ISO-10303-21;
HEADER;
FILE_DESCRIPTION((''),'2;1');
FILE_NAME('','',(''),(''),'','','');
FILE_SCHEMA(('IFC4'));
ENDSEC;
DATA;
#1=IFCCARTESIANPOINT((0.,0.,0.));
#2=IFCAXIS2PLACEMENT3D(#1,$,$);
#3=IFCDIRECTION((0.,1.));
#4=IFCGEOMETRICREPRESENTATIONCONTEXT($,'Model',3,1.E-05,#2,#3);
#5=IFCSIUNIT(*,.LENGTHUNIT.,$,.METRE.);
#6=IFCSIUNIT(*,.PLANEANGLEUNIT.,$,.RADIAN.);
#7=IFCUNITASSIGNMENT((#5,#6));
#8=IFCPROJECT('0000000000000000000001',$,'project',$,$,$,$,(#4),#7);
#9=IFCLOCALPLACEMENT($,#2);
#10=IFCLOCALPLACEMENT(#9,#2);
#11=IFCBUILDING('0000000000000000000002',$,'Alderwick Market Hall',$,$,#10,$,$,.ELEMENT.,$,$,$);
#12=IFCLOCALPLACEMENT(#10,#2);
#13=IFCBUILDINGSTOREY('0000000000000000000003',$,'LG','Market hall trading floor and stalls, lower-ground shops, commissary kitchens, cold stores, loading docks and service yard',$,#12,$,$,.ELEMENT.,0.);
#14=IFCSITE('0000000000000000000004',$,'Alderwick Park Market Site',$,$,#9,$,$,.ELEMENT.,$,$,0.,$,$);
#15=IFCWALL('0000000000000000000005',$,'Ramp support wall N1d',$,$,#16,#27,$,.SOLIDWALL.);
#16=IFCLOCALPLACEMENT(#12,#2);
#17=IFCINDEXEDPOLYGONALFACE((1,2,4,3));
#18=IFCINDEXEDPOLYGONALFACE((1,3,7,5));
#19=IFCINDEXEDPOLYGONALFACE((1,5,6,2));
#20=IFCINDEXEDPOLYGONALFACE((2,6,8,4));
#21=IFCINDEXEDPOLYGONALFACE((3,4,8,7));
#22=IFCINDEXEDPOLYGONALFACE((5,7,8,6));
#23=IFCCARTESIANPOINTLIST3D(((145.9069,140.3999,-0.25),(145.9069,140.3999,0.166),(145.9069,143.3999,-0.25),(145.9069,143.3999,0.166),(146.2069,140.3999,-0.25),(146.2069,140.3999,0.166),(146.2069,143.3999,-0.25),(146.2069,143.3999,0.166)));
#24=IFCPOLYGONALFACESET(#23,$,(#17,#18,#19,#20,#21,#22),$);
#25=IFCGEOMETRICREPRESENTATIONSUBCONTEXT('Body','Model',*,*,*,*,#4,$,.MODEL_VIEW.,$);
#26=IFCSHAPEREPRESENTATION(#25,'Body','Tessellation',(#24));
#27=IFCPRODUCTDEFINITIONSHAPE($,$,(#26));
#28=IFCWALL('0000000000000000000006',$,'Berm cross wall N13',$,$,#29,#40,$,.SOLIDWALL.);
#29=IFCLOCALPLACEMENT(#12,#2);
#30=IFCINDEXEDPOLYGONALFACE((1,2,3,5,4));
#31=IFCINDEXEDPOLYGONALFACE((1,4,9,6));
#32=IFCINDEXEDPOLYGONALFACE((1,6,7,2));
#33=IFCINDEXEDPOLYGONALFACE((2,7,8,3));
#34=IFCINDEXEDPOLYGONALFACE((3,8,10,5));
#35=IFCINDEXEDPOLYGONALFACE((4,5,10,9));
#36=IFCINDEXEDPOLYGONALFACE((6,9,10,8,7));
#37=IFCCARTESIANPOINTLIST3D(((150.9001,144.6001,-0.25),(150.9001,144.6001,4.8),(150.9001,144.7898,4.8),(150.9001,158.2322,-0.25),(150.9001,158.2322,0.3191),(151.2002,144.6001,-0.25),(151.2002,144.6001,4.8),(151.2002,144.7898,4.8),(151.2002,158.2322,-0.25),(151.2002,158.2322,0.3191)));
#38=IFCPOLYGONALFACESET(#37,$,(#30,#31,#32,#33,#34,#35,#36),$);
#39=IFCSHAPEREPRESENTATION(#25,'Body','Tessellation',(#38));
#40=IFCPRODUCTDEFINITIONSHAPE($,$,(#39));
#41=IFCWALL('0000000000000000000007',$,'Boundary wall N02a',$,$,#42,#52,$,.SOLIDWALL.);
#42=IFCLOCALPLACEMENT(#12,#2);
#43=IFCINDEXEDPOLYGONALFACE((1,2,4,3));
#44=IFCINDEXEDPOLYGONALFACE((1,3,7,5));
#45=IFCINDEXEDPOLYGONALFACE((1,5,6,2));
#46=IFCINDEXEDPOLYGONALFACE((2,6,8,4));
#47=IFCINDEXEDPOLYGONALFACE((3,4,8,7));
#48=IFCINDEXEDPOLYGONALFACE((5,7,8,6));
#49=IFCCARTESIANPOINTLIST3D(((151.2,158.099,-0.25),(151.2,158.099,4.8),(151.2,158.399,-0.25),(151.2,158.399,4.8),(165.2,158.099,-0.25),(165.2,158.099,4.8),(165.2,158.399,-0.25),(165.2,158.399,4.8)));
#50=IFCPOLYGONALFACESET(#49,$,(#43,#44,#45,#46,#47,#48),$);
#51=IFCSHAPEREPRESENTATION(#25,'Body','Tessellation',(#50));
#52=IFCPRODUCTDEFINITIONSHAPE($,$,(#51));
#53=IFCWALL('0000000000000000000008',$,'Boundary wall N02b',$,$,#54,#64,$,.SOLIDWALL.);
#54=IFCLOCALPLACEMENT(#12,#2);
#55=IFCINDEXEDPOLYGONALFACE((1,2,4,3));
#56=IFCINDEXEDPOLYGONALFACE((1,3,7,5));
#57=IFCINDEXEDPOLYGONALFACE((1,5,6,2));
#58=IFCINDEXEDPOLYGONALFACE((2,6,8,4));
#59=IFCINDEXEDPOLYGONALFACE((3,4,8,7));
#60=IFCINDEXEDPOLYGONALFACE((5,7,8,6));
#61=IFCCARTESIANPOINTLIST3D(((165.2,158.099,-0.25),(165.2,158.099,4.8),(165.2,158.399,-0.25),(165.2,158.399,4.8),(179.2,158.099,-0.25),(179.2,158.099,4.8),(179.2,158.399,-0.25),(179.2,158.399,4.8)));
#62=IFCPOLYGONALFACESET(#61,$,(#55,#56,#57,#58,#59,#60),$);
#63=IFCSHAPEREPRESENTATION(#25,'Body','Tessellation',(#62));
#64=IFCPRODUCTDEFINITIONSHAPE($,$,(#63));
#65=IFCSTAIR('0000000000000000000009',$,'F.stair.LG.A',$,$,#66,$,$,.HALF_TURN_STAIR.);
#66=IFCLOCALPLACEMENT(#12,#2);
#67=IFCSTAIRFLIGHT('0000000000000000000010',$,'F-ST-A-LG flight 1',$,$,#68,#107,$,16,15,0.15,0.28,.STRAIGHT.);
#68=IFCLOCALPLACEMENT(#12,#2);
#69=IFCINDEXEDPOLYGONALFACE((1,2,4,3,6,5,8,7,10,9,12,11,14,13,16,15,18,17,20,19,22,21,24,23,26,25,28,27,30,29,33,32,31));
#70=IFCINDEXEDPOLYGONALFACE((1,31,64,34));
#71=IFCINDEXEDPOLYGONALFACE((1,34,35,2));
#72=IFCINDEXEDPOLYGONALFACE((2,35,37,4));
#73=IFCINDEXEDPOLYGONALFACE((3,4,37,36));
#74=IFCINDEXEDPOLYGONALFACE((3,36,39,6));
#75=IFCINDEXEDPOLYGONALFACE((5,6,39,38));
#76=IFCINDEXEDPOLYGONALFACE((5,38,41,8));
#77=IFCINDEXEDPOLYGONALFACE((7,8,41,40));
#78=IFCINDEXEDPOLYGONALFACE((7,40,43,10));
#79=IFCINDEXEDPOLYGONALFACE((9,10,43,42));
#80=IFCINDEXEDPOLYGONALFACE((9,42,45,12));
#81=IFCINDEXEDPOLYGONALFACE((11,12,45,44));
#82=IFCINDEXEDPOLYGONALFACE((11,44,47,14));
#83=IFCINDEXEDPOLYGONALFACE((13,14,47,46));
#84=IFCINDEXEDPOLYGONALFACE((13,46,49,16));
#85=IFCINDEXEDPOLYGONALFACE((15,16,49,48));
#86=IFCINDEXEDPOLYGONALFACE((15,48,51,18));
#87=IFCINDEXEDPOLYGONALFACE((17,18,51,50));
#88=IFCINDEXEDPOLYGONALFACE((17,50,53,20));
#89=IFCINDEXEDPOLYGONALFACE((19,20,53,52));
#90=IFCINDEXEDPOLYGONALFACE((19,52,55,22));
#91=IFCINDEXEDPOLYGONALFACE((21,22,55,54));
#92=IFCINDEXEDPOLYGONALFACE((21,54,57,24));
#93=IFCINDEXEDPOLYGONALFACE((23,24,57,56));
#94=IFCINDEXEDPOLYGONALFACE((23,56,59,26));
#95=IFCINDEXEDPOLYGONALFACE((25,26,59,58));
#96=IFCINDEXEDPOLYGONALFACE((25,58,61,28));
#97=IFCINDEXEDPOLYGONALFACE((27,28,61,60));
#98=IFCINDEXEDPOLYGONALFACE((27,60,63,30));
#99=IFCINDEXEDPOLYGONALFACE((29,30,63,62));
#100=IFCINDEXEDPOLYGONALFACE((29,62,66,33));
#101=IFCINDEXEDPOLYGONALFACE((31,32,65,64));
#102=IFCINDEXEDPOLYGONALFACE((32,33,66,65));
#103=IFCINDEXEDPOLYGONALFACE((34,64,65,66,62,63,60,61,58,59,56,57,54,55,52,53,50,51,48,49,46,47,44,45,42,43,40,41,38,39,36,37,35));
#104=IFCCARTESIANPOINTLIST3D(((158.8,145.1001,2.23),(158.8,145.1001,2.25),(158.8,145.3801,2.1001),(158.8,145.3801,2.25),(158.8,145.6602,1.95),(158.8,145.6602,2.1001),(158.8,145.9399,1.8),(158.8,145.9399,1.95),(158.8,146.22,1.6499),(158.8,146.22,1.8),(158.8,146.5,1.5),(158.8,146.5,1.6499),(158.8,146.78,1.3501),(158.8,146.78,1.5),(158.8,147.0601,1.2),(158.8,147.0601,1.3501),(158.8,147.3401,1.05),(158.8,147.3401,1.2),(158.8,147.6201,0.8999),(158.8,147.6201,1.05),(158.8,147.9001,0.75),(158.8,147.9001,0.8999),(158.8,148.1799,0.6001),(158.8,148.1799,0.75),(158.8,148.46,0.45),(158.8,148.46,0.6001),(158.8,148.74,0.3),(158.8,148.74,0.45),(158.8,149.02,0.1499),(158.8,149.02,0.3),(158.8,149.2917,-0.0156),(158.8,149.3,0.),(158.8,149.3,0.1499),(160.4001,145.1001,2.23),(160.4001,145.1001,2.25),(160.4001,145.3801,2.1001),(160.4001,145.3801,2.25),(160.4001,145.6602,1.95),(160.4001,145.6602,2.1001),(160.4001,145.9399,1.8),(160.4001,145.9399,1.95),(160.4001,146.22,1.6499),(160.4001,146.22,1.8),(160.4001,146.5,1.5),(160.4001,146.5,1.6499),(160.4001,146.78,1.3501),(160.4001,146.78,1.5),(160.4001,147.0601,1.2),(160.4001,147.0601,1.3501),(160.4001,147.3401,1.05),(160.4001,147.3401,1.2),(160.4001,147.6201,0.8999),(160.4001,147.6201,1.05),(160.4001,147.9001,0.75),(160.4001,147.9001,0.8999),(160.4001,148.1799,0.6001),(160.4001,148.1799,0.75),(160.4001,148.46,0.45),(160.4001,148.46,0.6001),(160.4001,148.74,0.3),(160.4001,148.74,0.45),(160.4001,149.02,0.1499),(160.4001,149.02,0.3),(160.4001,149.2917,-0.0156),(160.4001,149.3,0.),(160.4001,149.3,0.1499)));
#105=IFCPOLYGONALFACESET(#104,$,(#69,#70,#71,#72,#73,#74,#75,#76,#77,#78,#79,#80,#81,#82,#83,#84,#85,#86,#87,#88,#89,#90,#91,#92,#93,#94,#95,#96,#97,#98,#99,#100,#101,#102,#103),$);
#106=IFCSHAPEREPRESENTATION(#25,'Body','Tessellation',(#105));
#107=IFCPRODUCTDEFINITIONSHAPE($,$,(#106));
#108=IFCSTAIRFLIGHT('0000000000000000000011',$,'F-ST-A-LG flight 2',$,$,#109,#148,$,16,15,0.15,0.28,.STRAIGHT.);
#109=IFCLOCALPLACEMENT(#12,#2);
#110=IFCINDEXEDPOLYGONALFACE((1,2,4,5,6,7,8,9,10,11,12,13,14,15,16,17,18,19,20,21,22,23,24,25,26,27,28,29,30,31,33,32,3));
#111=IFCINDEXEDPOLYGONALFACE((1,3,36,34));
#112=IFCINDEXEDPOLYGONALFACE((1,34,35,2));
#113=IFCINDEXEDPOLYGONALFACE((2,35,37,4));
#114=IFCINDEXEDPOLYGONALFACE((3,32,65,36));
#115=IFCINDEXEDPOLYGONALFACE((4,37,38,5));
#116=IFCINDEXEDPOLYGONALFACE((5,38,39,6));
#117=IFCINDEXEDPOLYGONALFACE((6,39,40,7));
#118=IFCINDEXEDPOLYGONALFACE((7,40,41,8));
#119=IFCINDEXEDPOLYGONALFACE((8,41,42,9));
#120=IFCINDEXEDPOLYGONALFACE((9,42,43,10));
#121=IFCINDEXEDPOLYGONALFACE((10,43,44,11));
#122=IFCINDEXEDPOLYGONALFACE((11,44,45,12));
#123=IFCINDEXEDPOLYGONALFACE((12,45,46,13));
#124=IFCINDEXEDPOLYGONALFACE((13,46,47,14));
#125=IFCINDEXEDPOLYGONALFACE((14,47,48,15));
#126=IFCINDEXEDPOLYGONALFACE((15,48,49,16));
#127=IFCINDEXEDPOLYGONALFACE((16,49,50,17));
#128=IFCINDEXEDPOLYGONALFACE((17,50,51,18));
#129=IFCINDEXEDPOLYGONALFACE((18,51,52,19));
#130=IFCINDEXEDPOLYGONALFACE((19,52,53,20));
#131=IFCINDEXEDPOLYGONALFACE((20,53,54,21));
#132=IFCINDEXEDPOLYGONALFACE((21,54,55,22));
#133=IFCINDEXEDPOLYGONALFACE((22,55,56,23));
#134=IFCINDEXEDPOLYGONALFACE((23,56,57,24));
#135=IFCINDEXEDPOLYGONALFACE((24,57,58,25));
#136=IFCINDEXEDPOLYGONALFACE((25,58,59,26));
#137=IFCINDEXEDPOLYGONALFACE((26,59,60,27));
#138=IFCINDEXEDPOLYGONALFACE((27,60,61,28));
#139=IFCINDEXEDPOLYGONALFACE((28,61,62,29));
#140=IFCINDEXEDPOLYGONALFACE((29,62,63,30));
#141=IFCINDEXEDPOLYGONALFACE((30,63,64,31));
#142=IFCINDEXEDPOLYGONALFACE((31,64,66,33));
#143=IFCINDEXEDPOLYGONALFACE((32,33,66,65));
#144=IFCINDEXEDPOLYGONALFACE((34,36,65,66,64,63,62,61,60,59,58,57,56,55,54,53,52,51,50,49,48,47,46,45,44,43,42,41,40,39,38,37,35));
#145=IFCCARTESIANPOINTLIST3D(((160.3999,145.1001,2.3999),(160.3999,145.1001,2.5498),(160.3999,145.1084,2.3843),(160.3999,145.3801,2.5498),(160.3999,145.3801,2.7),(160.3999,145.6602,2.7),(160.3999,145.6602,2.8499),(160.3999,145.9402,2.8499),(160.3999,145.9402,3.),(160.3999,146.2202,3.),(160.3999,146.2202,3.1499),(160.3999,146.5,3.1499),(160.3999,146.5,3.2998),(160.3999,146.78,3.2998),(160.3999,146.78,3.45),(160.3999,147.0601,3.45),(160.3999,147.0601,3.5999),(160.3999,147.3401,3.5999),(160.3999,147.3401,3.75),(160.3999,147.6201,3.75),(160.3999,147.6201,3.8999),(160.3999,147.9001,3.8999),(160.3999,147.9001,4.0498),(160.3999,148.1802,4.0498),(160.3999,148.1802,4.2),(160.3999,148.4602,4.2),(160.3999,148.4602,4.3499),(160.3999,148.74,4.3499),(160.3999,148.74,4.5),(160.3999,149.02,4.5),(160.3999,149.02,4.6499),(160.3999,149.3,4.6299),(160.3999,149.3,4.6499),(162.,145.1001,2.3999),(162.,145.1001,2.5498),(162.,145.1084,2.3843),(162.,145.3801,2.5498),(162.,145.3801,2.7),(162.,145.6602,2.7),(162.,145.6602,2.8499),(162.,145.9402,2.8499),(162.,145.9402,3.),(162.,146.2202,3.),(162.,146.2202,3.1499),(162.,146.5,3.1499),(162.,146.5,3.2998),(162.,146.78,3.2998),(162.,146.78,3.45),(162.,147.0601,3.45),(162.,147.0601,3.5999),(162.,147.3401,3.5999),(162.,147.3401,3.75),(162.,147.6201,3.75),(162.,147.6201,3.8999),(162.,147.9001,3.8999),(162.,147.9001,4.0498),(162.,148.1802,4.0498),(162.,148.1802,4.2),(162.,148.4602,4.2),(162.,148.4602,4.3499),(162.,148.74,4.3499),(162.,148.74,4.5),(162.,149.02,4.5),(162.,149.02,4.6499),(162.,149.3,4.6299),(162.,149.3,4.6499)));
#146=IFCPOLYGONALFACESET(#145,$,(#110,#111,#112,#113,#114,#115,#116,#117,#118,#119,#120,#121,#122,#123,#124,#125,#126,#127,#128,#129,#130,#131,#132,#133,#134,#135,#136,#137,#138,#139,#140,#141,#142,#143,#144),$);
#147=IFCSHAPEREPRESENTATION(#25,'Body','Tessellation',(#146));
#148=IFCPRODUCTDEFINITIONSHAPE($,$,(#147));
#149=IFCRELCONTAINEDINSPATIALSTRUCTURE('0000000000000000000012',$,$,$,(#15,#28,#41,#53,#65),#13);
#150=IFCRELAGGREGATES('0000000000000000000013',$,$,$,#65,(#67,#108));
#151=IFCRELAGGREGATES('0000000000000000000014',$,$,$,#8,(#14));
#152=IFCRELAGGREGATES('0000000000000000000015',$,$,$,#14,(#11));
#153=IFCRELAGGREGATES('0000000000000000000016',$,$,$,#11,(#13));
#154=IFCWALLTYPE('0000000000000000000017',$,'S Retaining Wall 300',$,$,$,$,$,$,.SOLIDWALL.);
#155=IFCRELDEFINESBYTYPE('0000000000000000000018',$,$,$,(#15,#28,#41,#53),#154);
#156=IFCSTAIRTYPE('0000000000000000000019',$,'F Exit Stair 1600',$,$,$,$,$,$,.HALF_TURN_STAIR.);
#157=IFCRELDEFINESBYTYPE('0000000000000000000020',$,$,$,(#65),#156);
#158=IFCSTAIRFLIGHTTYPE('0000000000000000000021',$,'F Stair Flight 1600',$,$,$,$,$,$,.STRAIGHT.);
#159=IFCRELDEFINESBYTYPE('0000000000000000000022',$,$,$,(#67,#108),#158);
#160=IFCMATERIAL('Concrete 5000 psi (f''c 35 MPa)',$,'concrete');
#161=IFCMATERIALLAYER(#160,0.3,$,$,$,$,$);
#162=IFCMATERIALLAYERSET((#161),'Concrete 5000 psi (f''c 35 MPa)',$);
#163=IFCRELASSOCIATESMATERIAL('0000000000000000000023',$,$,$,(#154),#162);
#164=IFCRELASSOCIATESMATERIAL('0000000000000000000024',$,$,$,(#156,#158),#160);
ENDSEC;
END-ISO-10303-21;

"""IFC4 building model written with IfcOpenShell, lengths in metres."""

from ifc_helpers import new_model, si_unit, direction, frame, frame_2d, origin, place, context, subcontext, project, spatial, polyline, rectangle, outline, extrude, material, layer, layer_set, type_object, element, aggregate, save


model = new_model("IFC4")

# Units and contexts
model_context = context("Model", 3, precision=1e-05, world=origin(), true_north=direction((0.0, 1.0)))
body_context = subcontext(model_context, "Body", "Model", "MODEL_VIEW")
ifc_project = project(units=[si_unit("LENGTHUNIT", "METRE"), si_unit("PLANEANGLEUNIT", "RADIAN")], contexts=[model_context])

# Site, building, storey
site_placement = place(None, origin())
site = spatial("IfcSite", under=ifc_project, at=site_placement, Name="Alderwick Park Market Site", CompositionType="ELEMENT", RefElevation=0.0)
building_placement = place(site_placement, origin())
building = spatial("IfcBuilding", under=site, at=building_placement, Name="Alderwick Market Hall", CompositionType="ELEMENT")
storey_placement = place(building_placement, origin())
storey = spatial("IfcBuildingStorey", under=building, at=storey_placement, Name="LG", Description="Market hall trading floor and stalls, lower-ground shops, commissary kitchens, cold stores, loading docks and service yard", CompositionType="ELEMENT", Elevation=0.0)

# Shared definitions
ifc_material_1 = material(Name="Concrete 5000 psi (f'c 35 MPa)", Category="concrete")

# Walls
ifc_layer_1 = layer(ifc_material_1, 0.3)
ifc_layer_set_1 = layer_set([ifc_layer_1], Name="Concrete 5000 psi (f'c 35 MPa)")
wall_type_1 = type_object("IfcWallType", Name="S Retaining Wall 300", PredefinedType="SOLIDWALL", material=ifc_layer_set_1)
wall_1_placement = place(storey_placement, frame((146.0569, 140.3999, -0.25), z_axis=(0.0, 0.0, 1.0), x_axis=(0.0, 1.0, 0.0)))
element("IfcWall", 1, at=wall_1_placement, inside=storey, type_object=wall_type_1, Name="Ramp support wall N1d", PredefinedType="SOLIDWALL", context=body_context, shape_type="SweptSolid", body=[
    extrude(rectangle(XDim=3.0, YDim=0.3, at=frame_2d((1.5, 0.0))), origin(), (0.0, 0.0, 1.0), 0.416),
])
wall_2_placement = place(storey_placement, frame((151.05, 144.6001, -0.25), z_axis=(0.0, 0.0, 1.0), x_axis=(0.0, 1.0, 0.0)))
element("IfcWall", 2, at=wall_2_placement, inside=storey, type_object=wall_type_1, Name="Berm cross wall N13", PredefinedType="SOLIDWALL", context=body_context, shape_type="SweptSolid", body=[
    extrude(outline(polyline([(0.0, 0.0), (13.6321, 0.0), (13.6321, 0.5691), (0.1897, 5.05), (0.0, 5.05), (0.0, 0.0)])), frame((0.0, 0.1499, 0.0), z_axis=(0.0, -1.0, 0.0), x_axis=(1.0, 0.0, 0.0)), (0.0, 0.0, 1.0), 0.3),
])
for number, where, z_axis, x_axis, name in (
    (3, (151.2, 158.249, -0.25), (0.0, 0.0, 1.0), (1.0, 0.0, 0.0), "Boundary wall N02a"),
    (4, (165.2, 158.249, -0.25), (0.0, 0.0, 1.0), (1.0, 0.0, 0.0), "Boundary wall N02b"),
):
    element("IfcWall", number, at=place(storey_placement, frame(where, z_axis=z_axis, x_axis=x_axis)), inside=storey, type_object=wall_type_1, Name=name, PredefinedType="SOLIDWALL", context=body_context, shape_type="SweptSolid", body=[
        extrude(rectangle(XDim=14.0, YDim=0.3, at=frame_2d((7.0, 0.0))), origin(), (0.0, 0.0, 1.0), 5.05),
    ])

# Stair, stair flights
stair_type = type_object("IfcStairType", Name="F Exit Stair 1600", PredefinedType="HALF_TURN_STAIR", material=ifc_material_1)
stair_placement = place(storey_placement, origin())
stair = element("IfcStair", 5, at=stair_placement, inside=storey, type_object=stair_type, Name="F.stair.LG.A", PredefinedType="HALF_TURN_STAIR")
stair_flight_type = type_object("IfcStairFlightType", Name="F Stair Flight 1600", PredefinedType="STRAIGHT", material=ifc_material_1)
stair_flight_1_placement = place(storey_placement, frame((159.6001, 149.3, 0.0), z_axis=(0.0, 0.0, 1.0), x_axis=(0.0, -1.0, 0.0)))
stair_flight_1 = element("IfcStairFlight", 6, at=stair_flight_1_placement, type_object=stair_flight_type, Name="F-ST-A-LG flight 1", NumberOfRisers=16, NumberOfTreads=15, PredefinedType="STRAIGHT", RiserHeight=0.15, TreadLength=0.28, context=body_context, shape_type="SweptSolid", body=[
    extrude(outline(polyline([(0.0083, -0.0156), (0.0, 0.0), (0.0, 0.1499), (0.28, 0.1499), (0.28, 0.3), (0.5601, 0.3), (0.5601, 0.45), (0.8401, 0.45), (0.8401, 0.6001), (1.1201, 0.6001), (1.1201, 0.75), (1.3999, 0.75), (1.3999, 0.8999), (1.6799, 0.8999), (1.6799, 1.05), (1.96, 1.05), (1.96, 1.2), (2.24, 1.2), (2.24, 1.3501), (2.52, 1.3501), (2.52, 1.5), (2.8, 1.5), (2.8, 1.6499), (3.0801, 1.6499), (3.0801, 1.8), (3.3601, 1.8), (3.3601, 1.95), (3.6399, 1.95), (3.6399, 2.1001), (3.9199, 2.1001), (3.9199, 2.25), (4.2, 2.25), (4.2, 2.23), (0.0083, -0.0156)])), frame((0.0, 0.8, 0.0), z_axis=(0.0, -1.0, 0.0), x_axis=(1.0, 0.0, 0.0)), (0.0, 0.0, 1.0), 1.6001),
])
stair_flight_2_placement = place(storey_placement, frame((161.2, 145.1001, 2.3999), z_axis=(0.0, 0.0, 1.0), x_axis=(0.0, 1.0, 0.0)))
stair_flight_2 = element("IfcStairFlight", 7, at=stair_flight_2_placement, type_object=stair_flight_type, Name="F-ST-A-LG flight 2", NumberOfRisers=16, NumberOfTreads=15, PredefinedType="STRAIGHT", RiserHeight=0.15, TreadLength=0.28, context=body_context, shape_type="SweptSolid", body=[
    extrude(outline(polyline([(0.0083, -0.0156), (0.0, 0.0), (0.0, 0.1499), (0.28, 0.1499), (0.28, 0.3), (0.5601, 0.3), (0.5601, 0.45), (0.8401, 0.45), (0.8401, 0.6001), (1.1201, 0.6001), (1.1201, 0.75), (1.3999, 0.75), (1.3999, 0.8999), (1.6799, 0.8999), (1.6799, 1.05), (1.96, 1.05), (1.96, 1.2), (2.24, 1.2), (2.24, 1.3501), (2.52, 1.3501), (2.52, 1.5), (2.8, 1.5), (2.8, 1.6499), (3.0801, 1.6499), (3.0801, 1.8), (3.3601, 1.8), (3.3601, 1.95), (3.6399, 1.95), (3.6399, 2.1001), (3.9199, 2.1001), (3.9199, 2.25), (4.2, 2.25), (4.2, 2.23), (0.0083, -0.0156)])), frame((0.0, 0.8, 0.0), z_axis=(0.0, -1.0, 0.0), x_axis=(1.0, 0.0, 0.0)), (0.0, 0.0, 1.0), 1.6001),
])
aggregate(stair, [stair_flight_1, stair_flight_2])

save(model, "model.ifc")
